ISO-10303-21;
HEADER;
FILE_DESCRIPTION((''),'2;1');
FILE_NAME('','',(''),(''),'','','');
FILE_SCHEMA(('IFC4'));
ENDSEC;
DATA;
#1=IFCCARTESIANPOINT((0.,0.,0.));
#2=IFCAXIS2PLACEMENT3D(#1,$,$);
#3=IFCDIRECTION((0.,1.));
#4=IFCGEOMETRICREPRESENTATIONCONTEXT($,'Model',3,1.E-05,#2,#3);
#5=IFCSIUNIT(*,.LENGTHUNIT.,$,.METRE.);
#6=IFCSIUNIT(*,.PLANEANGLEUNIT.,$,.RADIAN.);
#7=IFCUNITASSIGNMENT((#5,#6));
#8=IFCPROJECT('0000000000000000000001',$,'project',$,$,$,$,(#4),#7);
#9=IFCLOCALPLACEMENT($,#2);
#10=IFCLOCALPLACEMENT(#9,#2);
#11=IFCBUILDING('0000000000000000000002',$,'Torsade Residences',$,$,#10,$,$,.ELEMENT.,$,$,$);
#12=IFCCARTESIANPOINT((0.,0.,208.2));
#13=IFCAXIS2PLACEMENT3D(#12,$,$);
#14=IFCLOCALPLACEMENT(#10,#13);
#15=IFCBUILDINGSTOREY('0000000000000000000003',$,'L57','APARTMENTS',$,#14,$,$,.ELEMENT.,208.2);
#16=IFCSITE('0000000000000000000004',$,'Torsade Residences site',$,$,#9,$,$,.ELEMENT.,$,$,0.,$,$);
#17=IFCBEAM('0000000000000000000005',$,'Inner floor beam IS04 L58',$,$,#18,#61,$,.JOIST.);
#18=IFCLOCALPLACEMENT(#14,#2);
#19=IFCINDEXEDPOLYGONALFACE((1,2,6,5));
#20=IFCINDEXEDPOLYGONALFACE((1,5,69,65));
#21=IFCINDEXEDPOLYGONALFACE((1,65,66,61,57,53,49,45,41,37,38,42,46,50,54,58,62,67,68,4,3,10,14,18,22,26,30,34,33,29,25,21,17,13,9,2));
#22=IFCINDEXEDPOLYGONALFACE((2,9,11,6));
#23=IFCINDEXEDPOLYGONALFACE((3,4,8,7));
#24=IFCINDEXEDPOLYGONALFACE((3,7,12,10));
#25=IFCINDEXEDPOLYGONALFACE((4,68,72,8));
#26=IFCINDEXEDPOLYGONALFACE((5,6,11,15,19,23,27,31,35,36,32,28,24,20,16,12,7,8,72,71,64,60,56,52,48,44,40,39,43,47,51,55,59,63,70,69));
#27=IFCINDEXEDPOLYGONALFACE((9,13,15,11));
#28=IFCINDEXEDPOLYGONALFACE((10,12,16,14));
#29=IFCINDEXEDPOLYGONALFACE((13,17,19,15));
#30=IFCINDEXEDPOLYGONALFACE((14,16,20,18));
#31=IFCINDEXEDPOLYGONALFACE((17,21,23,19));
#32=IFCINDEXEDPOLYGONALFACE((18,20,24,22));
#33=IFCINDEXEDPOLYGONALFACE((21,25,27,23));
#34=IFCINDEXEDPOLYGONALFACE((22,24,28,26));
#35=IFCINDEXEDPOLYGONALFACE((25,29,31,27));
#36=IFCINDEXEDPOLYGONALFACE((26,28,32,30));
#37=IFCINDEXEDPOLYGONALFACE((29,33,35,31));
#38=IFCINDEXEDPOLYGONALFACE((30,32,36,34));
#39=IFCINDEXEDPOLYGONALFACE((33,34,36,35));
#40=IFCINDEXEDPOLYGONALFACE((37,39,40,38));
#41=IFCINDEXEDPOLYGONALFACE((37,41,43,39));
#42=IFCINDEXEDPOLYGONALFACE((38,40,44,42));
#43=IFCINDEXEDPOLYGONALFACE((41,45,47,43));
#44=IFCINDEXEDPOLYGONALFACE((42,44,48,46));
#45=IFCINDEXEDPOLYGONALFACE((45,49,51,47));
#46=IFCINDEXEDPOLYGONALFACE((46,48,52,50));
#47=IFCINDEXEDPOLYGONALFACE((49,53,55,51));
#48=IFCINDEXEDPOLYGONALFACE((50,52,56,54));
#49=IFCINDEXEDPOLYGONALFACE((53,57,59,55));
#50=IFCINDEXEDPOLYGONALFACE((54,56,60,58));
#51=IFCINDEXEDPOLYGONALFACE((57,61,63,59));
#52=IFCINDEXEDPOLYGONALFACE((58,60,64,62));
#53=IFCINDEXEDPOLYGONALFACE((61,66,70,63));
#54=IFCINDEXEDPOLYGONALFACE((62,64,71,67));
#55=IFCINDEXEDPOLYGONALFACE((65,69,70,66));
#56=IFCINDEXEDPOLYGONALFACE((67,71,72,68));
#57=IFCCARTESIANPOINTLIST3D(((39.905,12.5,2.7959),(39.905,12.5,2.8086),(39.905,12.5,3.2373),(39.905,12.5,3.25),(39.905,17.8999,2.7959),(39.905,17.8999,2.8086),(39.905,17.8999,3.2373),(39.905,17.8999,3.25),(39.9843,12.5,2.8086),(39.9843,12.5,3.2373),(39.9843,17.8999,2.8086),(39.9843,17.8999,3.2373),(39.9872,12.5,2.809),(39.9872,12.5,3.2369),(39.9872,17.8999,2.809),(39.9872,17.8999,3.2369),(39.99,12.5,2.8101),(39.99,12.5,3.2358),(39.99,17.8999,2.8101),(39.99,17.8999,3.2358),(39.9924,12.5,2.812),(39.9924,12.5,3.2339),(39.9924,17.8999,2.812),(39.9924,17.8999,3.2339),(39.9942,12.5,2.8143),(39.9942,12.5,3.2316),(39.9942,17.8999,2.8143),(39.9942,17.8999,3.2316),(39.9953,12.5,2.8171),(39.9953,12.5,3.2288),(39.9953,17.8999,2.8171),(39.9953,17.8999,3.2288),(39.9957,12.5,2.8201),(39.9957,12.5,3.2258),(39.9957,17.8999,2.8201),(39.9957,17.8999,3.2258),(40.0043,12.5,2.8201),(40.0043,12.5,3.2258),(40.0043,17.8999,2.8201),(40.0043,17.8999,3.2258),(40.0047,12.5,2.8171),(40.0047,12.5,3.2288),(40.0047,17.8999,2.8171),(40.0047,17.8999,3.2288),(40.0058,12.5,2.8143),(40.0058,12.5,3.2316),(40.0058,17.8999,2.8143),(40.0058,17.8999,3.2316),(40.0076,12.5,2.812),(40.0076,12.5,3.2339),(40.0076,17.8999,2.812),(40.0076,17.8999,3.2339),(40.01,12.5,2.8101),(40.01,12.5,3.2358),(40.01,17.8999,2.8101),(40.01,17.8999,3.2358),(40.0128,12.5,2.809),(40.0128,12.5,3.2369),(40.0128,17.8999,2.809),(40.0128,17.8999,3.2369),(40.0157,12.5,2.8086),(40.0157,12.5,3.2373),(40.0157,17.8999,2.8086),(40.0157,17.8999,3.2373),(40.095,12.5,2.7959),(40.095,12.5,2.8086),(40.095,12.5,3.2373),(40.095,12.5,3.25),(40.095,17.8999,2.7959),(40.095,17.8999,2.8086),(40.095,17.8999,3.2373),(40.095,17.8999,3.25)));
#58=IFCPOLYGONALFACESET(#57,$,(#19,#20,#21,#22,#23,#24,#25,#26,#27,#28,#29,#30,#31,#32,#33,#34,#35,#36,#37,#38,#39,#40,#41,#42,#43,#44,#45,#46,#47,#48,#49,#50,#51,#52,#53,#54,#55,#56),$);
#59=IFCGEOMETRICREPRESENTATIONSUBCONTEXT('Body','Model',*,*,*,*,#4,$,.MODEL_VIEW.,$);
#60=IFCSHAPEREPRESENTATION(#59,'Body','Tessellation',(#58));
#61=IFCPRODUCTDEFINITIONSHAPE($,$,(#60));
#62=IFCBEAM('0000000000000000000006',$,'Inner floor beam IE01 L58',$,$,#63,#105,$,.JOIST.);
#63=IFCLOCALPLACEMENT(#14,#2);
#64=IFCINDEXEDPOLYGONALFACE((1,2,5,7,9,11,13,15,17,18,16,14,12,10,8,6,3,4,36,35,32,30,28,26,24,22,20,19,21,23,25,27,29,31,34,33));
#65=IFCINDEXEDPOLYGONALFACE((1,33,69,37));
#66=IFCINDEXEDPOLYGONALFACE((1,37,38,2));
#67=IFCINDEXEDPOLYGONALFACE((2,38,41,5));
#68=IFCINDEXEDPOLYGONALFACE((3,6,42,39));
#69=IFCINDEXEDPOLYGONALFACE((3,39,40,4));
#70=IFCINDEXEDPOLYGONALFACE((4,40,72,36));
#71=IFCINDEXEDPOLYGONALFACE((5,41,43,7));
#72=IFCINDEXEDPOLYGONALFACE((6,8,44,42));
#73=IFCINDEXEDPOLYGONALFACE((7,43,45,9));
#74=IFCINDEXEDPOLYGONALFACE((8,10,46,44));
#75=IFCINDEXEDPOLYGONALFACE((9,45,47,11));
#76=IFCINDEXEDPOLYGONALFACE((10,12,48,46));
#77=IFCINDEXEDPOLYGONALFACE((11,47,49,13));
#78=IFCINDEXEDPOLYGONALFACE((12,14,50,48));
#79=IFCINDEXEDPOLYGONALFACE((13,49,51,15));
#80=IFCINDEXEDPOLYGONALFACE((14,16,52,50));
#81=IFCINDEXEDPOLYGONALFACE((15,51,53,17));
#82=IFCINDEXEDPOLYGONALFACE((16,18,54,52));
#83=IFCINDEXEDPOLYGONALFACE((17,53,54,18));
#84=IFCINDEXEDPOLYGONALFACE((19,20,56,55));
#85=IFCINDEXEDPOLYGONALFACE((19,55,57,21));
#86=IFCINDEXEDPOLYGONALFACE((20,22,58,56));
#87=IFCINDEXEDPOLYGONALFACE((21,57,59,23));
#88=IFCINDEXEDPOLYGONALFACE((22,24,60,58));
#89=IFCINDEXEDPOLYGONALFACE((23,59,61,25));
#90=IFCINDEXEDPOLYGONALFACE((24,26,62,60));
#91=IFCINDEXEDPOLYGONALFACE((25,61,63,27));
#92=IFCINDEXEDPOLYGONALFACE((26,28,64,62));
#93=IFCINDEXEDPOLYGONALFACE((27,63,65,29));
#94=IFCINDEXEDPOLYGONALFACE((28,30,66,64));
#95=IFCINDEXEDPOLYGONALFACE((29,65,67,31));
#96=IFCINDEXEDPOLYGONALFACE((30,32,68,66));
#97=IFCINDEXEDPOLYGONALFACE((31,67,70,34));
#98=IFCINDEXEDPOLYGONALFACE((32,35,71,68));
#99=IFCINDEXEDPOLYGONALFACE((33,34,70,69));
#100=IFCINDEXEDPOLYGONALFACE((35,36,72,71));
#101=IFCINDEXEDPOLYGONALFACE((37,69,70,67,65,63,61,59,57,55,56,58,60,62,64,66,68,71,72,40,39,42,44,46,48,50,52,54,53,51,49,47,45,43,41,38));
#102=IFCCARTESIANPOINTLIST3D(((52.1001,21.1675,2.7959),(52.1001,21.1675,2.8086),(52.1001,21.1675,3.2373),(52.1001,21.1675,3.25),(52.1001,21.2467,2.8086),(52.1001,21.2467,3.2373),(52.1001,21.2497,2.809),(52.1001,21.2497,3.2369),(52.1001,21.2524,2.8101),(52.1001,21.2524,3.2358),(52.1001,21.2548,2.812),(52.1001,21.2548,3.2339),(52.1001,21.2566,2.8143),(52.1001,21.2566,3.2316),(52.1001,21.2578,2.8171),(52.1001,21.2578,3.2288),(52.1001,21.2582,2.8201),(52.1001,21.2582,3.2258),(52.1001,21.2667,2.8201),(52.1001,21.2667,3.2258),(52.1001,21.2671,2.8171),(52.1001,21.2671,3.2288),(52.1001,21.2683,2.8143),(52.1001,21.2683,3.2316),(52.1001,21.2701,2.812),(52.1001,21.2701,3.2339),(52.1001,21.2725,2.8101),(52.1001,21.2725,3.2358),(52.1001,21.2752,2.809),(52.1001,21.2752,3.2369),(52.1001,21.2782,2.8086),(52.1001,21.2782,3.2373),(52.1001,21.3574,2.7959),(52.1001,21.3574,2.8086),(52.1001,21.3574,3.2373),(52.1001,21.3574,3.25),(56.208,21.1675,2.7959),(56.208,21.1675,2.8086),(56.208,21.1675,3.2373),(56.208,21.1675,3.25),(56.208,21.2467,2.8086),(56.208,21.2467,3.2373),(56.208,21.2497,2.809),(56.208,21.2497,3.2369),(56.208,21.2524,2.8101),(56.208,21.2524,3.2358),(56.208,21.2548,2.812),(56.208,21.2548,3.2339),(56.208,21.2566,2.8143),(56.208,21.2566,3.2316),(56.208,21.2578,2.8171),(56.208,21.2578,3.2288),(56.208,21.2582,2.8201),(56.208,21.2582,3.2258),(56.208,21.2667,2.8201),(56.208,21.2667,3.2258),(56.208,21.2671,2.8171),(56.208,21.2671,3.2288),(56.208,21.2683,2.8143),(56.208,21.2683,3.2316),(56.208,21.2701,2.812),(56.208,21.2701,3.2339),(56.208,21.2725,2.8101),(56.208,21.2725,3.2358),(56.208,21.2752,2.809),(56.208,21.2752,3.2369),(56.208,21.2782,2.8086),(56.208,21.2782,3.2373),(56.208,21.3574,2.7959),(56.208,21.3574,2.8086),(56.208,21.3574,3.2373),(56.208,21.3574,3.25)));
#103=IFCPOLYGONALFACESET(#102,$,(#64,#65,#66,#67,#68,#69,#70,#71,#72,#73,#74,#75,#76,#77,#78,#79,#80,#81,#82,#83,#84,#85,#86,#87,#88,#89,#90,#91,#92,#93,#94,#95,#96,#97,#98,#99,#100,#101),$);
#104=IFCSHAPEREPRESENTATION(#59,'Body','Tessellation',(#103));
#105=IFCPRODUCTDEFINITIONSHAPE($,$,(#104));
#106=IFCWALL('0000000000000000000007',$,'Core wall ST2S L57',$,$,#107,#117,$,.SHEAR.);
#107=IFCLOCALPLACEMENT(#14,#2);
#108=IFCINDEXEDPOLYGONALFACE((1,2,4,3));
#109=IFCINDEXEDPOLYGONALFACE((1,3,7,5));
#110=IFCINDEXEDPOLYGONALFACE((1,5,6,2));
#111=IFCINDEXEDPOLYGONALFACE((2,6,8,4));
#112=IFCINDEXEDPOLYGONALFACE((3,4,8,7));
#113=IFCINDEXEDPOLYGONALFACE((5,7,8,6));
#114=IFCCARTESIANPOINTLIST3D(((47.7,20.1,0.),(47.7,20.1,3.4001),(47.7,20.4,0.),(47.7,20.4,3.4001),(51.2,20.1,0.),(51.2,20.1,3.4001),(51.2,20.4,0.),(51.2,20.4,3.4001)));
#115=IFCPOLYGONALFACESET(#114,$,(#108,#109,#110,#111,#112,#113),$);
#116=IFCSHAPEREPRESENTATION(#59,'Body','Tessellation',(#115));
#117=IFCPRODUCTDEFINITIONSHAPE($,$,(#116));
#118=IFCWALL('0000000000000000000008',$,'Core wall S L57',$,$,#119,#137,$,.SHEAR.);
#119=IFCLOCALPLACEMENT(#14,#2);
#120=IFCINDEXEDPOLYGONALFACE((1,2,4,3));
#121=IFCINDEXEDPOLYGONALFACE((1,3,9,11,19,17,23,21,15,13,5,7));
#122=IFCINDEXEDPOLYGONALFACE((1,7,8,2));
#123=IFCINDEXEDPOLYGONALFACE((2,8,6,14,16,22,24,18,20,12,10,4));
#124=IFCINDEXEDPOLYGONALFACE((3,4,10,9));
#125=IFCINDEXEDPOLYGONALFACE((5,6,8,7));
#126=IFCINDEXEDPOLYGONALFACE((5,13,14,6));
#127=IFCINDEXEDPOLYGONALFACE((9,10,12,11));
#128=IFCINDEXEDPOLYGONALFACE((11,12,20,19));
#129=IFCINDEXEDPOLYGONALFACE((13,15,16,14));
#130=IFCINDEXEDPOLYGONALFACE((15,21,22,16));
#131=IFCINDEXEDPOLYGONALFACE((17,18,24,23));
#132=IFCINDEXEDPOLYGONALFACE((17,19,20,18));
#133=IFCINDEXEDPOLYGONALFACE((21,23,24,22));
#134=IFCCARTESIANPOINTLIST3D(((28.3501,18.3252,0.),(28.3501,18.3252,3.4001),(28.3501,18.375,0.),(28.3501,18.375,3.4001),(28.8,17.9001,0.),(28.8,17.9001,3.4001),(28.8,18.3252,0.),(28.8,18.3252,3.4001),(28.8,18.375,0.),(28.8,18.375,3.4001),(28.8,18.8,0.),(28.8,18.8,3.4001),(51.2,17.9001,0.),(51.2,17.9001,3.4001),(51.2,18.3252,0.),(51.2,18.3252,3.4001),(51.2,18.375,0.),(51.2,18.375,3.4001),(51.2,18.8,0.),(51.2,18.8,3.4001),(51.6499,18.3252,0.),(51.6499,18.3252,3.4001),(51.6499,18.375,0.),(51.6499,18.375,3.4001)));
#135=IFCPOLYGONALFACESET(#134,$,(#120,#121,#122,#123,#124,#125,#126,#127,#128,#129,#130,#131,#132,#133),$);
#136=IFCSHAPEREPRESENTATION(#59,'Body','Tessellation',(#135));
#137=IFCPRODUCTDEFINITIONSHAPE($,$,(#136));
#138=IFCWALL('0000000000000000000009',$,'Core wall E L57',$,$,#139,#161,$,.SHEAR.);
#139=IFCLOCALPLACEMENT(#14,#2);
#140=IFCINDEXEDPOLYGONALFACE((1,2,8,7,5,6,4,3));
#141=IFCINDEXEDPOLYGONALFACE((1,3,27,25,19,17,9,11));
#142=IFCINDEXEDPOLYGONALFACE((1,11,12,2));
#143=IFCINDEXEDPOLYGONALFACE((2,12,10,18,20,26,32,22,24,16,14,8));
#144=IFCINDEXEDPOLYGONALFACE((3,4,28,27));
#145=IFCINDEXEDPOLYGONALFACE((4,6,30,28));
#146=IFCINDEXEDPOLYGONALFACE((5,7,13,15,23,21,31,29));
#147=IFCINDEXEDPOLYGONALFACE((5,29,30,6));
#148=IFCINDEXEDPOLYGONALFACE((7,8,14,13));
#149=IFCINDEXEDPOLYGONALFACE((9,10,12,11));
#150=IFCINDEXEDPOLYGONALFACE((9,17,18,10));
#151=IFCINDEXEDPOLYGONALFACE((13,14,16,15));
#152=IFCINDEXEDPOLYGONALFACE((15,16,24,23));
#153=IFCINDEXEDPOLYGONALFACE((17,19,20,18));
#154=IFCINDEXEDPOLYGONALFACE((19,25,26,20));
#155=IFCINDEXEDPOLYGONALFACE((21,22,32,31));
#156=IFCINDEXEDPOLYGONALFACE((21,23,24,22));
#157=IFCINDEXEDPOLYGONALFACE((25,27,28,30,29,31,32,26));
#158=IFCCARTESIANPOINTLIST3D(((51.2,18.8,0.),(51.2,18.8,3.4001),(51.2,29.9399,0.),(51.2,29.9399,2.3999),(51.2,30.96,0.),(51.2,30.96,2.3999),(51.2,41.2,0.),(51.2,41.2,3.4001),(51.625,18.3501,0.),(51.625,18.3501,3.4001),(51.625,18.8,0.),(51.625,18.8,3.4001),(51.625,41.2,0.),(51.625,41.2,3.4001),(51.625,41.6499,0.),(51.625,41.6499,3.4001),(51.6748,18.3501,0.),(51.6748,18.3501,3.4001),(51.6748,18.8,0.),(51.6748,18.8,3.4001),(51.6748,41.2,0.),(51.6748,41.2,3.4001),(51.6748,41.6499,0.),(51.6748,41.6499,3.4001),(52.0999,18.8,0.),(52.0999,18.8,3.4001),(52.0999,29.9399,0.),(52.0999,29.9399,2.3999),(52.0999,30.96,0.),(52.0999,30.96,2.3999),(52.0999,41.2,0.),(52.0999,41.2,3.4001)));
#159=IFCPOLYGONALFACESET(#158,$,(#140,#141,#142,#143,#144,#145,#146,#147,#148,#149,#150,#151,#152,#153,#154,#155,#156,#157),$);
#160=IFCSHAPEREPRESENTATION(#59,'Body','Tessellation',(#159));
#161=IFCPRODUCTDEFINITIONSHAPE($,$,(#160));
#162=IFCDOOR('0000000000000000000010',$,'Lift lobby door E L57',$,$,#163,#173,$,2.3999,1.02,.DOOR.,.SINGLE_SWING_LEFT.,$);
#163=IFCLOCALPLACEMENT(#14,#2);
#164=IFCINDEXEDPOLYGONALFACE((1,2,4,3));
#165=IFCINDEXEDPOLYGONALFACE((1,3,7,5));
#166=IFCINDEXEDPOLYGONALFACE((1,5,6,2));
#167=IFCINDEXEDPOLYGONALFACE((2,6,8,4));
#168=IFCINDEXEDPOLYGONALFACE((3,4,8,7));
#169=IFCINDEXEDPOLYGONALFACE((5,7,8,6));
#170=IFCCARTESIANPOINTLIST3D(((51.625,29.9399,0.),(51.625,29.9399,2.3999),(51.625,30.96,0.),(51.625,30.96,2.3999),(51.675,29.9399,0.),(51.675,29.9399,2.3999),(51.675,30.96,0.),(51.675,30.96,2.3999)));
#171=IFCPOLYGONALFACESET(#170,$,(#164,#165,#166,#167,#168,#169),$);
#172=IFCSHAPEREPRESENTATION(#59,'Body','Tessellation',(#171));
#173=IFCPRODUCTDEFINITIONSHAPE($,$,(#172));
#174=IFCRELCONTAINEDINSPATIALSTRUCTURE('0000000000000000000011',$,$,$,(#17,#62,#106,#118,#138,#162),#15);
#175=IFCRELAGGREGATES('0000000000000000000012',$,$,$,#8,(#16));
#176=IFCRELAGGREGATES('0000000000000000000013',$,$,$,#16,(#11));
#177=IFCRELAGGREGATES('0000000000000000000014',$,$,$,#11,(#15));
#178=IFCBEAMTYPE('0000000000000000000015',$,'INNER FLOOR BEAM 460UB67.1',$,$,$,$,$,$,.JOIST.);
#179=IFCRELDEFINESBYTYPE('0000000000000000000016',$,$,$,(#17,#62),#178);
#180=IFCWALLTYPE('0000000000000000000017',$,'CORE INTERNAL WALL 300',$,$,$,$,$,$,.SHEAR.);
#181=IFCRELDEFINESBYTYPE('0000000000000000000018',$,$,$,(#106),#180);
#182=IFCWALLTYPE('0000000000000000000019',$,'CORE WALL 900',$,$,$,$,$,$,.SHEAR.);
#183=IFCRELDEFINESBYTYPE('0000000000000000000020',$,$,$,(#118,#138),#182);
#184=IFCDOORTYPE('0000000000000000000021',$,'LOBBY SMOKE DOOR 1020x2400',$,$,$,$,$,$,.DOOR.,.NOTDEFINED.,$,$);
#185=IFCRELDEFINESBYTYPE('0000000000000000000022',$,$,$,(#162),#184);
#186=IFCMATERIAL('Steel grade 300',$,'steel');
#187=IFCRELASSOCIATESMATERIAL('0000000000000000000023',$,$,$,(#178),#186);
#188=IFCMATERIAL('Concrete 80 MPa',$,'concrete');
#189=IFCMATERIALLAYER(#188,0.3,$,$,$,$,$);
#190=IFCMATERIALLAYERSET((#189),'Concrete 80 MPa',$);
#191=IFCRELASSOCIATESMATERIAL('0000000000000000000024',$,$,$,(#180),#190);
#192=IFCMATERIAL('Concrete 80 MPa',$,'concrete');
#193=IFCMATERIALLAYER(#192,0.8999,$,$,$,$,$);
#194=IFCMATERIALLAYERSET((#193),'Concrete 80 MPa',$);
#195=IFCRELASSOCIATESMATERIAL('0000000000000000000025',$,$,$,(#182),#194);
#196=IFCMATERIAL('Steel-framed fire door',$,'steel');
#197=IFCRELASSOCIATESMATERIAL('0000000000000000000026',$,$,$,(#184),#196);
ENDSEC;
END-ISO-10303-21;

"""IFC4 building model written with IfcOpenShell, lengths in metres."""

from ifc_helpers import new_model, si_unit, direction, frame, frame_2d, origin, origin_2d, place, context, subcontext, project, spatial, polyline, rectangle, i_section, outline, extrude, material, layer, layer_set, material_profile, profile_set, type_object, element, fill, save


model = new_model("IFC4")

# Units and contexts
model_context = context("Model", 3, precision=1e-05, world=origin(), true_north=direction((0.0, 1.0)))
body_context = subcontext(model_context, "Body", "Model", "MODEL_VIEW")
ifc_project = project(units=[si_unit("LENGTHUNIT", "METRE"), si_unit("PLANEANGLEUNIT", "RADIAN")], contexts=[model_context])

# Site, building, storey
site_placement = place(None, origin())
site = spatial("IfcSite", under=ifc_project, at=site_placement, Name="Torsade Residences site", CompositionType="ELEMENT", RefElevation=0.0)
building_placement = place(site_placement, origin())
building = spatial("IfcBuilding", under=site, at=building_placement, Name="Torsade Residences", CompositionType="ELEMENT")
storey_placement = place(building_placement, frame((0.0, 0.0, 208.2)))
storey = spatial("IfcBuildingStorey", under=building, at=storey_placement, Name="L57", Description="APARTMENTS", CompositionType="ELEMENT", Elevation=208.2)

# Beams
ifc_material_1 = material(Name="Steel grade 300", Category="steel")
ifc_material_profile_1 = material_profile(ifc_material_1, i_section(OverallWidth=0.1899, OverallDepth=0.4541, WebThickness=0.0085, FlangeThickness=0.0127, FilletRadius=0.0115, at=origin_2d()), Name="460UB67.1")
ifc_profile_set_1 = profile_set([ifc_material_profile_1], Name="Steel grade 300")
beam_type = type_object("IfcBeamType", Name="INNER FLOOR BEAM 460UB67.1", PredefinedType="JOIST", material=ifc_profile_set_1)
for number, where, z_axis, x_axis, name in (
    (1, (40.0, 17.8999, 3.0229), (0.0, -1.0, 0.0), (1.0, 0.0, 0.0), "Inner floor beam IS04 L58"),
):
    element("IfcBeam", number, at=place(storey_placement, frame(where, z_axis=z_axis, x_axis=x_axis)), inside=storey, type_object=beam_type, Name=name, PredefinedType="JOIST", context=body_context, shape_type="SweptSolid", body=[
        extrude(i_section(OverallWidth=0.1899, OverallDepth=0.4541, WebThickness=0.0085, FlangeThickness=0.0127, FilletRadius=0.0115, at=origin_2d()), origin(), (0.0, 0.0, 1.0), 5.3999),
    ])
beam_1_placement = place(storey_placement, frame((52.1001, 21.2625, 3.0229), z_axis=(1.0, 0.0, 0.0), x_axis=(0.0, 1.0, 0.0)))
element("IfcBeam", 2, at=beam_1_placement, inside=storey, type_object=beam_type, Name="Inner floor beam IE01 L58", PredefinedType="JOIST", context=body_context, shape_type="SweptSolid", body=[
    extrude(i_section(OverallWidth=0.1899, OverallDepth=0.4541, WebThickness=0.0085, FlangeThickness=0.0127, FilletRadius=0.0115, at=origin_2d()), origin(), (0.0, 0.0, 1.0), 4.1079),
])

# Walls
ifc_material_2 = material(Name="Concrete 80 MPa", Category="concrete")
ifc_layer_1 = layer(ifc_material_2, 0.3)
ifc_layer_set_1 = layer_set([ifc_layer_1], Name="Concrete 80 MPa")
wall_type_1 = type_object("IfcWallType", Name="CORE INTERNAL WALL 300", PredefinedType="SHEAR", material=ifc_layer_set_1)
wall_1_placement = place(storey_placement, frame((51.2, 20.25, 0.0), z_axis=(0.0, 0.0, 1.0), x_axis=(-1.0, 0.0, 0.0)))
element("IfcWall", 3, at=wall_1_placement, inside=storey, type_object=wall_type_1, Name="Core wall ST2S L57", PredefinedType="SHEAR", context=body_context, shape_type="SweptSolid", body=[
    extrude(rectangle(XDim=3.5, YDim=0.3, at=frame_2d((1.75, 0.0))), origin(), (0.0, 0.0, 1.0), 3.4001),
])
ifc_material_3 = material(Name="Concrete 80 MPa", Category="concrete")
ifc_layer_2 = layer(ifc_material_3, 0.8999)
ifc_layer_set_2 = layer_set([ifc_layer_2], Name="Concrete 80 MPa")
wall_type_2 = type_object("IfcWallType", Name="CORE WALL 900", PredefinedType="SHEAR", material=ifc_layer_set_2)
wall_2_placement = place(storey_placement, frame((51.2, 18.3501, 0.0), z_axis=(0.0, 0.0, 1.0), x_axis=(-1.0, 0.0, 0.0)))
element("IfcWall", 4, at=wall_2_placement, inside=storey, type_object=wall_type_2, Name="Core wall S L57", PredefinedType="SHEAR", context=body_context, shape_type="SweptSolid", body=[
    extrude(outline(polyline([(0.0, -0.45), (22.3999, -0.45), (22.3999, -0.0249), (22.8499, -0.0249), (22.8499, 0.0249), (22.3999, 0.0249), (22.3999, 0.45), (0.0, 0.45), (0.0, 0.0249), (-0.45, 0.0249), (-0.45, -0.0249), (0.0, -0.0249), (0.0, -0.45)])), origin(), (0.0, 0.0, 1.0), 3.4001),
])

# Wall, opening, door
wall_3_placement = place(storey_placement, frame((51.6499, 18.8, 0.0), z_axis=(0.0, 0.0, 1.0), x_axis=(0.0, 1.0, 0.0)))
wall_3 = element("IfcWall", 5, at=wall_3_placement, inside=storey, type_object=wall_type_2, Name="Core wall E L57", PredefinedType="SHEAR", context=body_context, shape_type="SweptSolid", body=[
    extrude(outline(polyline([(0.0, -0.45), (22.3999, -0.45), (22.3999, -0.0249), (22.8499, -0.0249), (22.8499, 0.0249), (22.3999, 0.0249), (22.3999, 0.45), (0.0, 0.45), (0.0, 0.0249), (-0.45, 0.0249), (-0.45, -0.0249), (0.0, -0.0249), (0.0, -0.45)])), origin(), (0.0, 0.0, 1.0), 3.4001),
])
opening_1_placement = place(wall_3_placement, frame((11.1399, 0.0, 0.0)))
opening_1 = element("IfcOpeningElement", 6, at=opening_1_placement, cuts=wall_3, PredefinedType="OPENING", context=body_context, shape_type="SweptSolid", body=[
    extrude(rectangle(XDim=1.02, YDim=2.3999, at=frame_2d((0.51, 1.2))), frame((0.0, 0.46, 0.0), z_axis=(0.0, -1.0, 0.0), x_axis=(1.0, 0.0, 0.0)), (0.0, 0.0, 1.0), 0.9199),
])
ifc_material_4 = material(Name="Steel-framed fire door", Category="steel")
door_type_1 = type_object("IfcDoorType", Name="LOBBY SMOKE DOOR 1020x2400", OperationType="NOTDEFINED", PredefinedType="DOOR", material=ifc_material_4)
door_1_placement = place(opening_1_placement, origin())
door_1 = element("IfcDoor", 7, at=door_1_placement, inside=storey, type_object=door_type_1, Name="Lift lobby door E L57", OperationType="SINGLE_SWING_LEFT", OverallHeight=2.3999, OverallWidth=1.02, PredefinedType="DOOR", context=body_context, shape_type="SweptSolid", body=[
    extrude(rectangle(XDim=1.02, YDim=2.3999, at=frame_2d((0.51, 1.2))), frame((0.0, 0.0249, 0.0), z_axis=(0.0, -1.0, 0.0), x_axis=(1.0, 0.0, 0.0)), (0.0, 0.0, 1.0), 0.05),
])
fill(opening_1, door_1)

save(model, "model.ifc")
